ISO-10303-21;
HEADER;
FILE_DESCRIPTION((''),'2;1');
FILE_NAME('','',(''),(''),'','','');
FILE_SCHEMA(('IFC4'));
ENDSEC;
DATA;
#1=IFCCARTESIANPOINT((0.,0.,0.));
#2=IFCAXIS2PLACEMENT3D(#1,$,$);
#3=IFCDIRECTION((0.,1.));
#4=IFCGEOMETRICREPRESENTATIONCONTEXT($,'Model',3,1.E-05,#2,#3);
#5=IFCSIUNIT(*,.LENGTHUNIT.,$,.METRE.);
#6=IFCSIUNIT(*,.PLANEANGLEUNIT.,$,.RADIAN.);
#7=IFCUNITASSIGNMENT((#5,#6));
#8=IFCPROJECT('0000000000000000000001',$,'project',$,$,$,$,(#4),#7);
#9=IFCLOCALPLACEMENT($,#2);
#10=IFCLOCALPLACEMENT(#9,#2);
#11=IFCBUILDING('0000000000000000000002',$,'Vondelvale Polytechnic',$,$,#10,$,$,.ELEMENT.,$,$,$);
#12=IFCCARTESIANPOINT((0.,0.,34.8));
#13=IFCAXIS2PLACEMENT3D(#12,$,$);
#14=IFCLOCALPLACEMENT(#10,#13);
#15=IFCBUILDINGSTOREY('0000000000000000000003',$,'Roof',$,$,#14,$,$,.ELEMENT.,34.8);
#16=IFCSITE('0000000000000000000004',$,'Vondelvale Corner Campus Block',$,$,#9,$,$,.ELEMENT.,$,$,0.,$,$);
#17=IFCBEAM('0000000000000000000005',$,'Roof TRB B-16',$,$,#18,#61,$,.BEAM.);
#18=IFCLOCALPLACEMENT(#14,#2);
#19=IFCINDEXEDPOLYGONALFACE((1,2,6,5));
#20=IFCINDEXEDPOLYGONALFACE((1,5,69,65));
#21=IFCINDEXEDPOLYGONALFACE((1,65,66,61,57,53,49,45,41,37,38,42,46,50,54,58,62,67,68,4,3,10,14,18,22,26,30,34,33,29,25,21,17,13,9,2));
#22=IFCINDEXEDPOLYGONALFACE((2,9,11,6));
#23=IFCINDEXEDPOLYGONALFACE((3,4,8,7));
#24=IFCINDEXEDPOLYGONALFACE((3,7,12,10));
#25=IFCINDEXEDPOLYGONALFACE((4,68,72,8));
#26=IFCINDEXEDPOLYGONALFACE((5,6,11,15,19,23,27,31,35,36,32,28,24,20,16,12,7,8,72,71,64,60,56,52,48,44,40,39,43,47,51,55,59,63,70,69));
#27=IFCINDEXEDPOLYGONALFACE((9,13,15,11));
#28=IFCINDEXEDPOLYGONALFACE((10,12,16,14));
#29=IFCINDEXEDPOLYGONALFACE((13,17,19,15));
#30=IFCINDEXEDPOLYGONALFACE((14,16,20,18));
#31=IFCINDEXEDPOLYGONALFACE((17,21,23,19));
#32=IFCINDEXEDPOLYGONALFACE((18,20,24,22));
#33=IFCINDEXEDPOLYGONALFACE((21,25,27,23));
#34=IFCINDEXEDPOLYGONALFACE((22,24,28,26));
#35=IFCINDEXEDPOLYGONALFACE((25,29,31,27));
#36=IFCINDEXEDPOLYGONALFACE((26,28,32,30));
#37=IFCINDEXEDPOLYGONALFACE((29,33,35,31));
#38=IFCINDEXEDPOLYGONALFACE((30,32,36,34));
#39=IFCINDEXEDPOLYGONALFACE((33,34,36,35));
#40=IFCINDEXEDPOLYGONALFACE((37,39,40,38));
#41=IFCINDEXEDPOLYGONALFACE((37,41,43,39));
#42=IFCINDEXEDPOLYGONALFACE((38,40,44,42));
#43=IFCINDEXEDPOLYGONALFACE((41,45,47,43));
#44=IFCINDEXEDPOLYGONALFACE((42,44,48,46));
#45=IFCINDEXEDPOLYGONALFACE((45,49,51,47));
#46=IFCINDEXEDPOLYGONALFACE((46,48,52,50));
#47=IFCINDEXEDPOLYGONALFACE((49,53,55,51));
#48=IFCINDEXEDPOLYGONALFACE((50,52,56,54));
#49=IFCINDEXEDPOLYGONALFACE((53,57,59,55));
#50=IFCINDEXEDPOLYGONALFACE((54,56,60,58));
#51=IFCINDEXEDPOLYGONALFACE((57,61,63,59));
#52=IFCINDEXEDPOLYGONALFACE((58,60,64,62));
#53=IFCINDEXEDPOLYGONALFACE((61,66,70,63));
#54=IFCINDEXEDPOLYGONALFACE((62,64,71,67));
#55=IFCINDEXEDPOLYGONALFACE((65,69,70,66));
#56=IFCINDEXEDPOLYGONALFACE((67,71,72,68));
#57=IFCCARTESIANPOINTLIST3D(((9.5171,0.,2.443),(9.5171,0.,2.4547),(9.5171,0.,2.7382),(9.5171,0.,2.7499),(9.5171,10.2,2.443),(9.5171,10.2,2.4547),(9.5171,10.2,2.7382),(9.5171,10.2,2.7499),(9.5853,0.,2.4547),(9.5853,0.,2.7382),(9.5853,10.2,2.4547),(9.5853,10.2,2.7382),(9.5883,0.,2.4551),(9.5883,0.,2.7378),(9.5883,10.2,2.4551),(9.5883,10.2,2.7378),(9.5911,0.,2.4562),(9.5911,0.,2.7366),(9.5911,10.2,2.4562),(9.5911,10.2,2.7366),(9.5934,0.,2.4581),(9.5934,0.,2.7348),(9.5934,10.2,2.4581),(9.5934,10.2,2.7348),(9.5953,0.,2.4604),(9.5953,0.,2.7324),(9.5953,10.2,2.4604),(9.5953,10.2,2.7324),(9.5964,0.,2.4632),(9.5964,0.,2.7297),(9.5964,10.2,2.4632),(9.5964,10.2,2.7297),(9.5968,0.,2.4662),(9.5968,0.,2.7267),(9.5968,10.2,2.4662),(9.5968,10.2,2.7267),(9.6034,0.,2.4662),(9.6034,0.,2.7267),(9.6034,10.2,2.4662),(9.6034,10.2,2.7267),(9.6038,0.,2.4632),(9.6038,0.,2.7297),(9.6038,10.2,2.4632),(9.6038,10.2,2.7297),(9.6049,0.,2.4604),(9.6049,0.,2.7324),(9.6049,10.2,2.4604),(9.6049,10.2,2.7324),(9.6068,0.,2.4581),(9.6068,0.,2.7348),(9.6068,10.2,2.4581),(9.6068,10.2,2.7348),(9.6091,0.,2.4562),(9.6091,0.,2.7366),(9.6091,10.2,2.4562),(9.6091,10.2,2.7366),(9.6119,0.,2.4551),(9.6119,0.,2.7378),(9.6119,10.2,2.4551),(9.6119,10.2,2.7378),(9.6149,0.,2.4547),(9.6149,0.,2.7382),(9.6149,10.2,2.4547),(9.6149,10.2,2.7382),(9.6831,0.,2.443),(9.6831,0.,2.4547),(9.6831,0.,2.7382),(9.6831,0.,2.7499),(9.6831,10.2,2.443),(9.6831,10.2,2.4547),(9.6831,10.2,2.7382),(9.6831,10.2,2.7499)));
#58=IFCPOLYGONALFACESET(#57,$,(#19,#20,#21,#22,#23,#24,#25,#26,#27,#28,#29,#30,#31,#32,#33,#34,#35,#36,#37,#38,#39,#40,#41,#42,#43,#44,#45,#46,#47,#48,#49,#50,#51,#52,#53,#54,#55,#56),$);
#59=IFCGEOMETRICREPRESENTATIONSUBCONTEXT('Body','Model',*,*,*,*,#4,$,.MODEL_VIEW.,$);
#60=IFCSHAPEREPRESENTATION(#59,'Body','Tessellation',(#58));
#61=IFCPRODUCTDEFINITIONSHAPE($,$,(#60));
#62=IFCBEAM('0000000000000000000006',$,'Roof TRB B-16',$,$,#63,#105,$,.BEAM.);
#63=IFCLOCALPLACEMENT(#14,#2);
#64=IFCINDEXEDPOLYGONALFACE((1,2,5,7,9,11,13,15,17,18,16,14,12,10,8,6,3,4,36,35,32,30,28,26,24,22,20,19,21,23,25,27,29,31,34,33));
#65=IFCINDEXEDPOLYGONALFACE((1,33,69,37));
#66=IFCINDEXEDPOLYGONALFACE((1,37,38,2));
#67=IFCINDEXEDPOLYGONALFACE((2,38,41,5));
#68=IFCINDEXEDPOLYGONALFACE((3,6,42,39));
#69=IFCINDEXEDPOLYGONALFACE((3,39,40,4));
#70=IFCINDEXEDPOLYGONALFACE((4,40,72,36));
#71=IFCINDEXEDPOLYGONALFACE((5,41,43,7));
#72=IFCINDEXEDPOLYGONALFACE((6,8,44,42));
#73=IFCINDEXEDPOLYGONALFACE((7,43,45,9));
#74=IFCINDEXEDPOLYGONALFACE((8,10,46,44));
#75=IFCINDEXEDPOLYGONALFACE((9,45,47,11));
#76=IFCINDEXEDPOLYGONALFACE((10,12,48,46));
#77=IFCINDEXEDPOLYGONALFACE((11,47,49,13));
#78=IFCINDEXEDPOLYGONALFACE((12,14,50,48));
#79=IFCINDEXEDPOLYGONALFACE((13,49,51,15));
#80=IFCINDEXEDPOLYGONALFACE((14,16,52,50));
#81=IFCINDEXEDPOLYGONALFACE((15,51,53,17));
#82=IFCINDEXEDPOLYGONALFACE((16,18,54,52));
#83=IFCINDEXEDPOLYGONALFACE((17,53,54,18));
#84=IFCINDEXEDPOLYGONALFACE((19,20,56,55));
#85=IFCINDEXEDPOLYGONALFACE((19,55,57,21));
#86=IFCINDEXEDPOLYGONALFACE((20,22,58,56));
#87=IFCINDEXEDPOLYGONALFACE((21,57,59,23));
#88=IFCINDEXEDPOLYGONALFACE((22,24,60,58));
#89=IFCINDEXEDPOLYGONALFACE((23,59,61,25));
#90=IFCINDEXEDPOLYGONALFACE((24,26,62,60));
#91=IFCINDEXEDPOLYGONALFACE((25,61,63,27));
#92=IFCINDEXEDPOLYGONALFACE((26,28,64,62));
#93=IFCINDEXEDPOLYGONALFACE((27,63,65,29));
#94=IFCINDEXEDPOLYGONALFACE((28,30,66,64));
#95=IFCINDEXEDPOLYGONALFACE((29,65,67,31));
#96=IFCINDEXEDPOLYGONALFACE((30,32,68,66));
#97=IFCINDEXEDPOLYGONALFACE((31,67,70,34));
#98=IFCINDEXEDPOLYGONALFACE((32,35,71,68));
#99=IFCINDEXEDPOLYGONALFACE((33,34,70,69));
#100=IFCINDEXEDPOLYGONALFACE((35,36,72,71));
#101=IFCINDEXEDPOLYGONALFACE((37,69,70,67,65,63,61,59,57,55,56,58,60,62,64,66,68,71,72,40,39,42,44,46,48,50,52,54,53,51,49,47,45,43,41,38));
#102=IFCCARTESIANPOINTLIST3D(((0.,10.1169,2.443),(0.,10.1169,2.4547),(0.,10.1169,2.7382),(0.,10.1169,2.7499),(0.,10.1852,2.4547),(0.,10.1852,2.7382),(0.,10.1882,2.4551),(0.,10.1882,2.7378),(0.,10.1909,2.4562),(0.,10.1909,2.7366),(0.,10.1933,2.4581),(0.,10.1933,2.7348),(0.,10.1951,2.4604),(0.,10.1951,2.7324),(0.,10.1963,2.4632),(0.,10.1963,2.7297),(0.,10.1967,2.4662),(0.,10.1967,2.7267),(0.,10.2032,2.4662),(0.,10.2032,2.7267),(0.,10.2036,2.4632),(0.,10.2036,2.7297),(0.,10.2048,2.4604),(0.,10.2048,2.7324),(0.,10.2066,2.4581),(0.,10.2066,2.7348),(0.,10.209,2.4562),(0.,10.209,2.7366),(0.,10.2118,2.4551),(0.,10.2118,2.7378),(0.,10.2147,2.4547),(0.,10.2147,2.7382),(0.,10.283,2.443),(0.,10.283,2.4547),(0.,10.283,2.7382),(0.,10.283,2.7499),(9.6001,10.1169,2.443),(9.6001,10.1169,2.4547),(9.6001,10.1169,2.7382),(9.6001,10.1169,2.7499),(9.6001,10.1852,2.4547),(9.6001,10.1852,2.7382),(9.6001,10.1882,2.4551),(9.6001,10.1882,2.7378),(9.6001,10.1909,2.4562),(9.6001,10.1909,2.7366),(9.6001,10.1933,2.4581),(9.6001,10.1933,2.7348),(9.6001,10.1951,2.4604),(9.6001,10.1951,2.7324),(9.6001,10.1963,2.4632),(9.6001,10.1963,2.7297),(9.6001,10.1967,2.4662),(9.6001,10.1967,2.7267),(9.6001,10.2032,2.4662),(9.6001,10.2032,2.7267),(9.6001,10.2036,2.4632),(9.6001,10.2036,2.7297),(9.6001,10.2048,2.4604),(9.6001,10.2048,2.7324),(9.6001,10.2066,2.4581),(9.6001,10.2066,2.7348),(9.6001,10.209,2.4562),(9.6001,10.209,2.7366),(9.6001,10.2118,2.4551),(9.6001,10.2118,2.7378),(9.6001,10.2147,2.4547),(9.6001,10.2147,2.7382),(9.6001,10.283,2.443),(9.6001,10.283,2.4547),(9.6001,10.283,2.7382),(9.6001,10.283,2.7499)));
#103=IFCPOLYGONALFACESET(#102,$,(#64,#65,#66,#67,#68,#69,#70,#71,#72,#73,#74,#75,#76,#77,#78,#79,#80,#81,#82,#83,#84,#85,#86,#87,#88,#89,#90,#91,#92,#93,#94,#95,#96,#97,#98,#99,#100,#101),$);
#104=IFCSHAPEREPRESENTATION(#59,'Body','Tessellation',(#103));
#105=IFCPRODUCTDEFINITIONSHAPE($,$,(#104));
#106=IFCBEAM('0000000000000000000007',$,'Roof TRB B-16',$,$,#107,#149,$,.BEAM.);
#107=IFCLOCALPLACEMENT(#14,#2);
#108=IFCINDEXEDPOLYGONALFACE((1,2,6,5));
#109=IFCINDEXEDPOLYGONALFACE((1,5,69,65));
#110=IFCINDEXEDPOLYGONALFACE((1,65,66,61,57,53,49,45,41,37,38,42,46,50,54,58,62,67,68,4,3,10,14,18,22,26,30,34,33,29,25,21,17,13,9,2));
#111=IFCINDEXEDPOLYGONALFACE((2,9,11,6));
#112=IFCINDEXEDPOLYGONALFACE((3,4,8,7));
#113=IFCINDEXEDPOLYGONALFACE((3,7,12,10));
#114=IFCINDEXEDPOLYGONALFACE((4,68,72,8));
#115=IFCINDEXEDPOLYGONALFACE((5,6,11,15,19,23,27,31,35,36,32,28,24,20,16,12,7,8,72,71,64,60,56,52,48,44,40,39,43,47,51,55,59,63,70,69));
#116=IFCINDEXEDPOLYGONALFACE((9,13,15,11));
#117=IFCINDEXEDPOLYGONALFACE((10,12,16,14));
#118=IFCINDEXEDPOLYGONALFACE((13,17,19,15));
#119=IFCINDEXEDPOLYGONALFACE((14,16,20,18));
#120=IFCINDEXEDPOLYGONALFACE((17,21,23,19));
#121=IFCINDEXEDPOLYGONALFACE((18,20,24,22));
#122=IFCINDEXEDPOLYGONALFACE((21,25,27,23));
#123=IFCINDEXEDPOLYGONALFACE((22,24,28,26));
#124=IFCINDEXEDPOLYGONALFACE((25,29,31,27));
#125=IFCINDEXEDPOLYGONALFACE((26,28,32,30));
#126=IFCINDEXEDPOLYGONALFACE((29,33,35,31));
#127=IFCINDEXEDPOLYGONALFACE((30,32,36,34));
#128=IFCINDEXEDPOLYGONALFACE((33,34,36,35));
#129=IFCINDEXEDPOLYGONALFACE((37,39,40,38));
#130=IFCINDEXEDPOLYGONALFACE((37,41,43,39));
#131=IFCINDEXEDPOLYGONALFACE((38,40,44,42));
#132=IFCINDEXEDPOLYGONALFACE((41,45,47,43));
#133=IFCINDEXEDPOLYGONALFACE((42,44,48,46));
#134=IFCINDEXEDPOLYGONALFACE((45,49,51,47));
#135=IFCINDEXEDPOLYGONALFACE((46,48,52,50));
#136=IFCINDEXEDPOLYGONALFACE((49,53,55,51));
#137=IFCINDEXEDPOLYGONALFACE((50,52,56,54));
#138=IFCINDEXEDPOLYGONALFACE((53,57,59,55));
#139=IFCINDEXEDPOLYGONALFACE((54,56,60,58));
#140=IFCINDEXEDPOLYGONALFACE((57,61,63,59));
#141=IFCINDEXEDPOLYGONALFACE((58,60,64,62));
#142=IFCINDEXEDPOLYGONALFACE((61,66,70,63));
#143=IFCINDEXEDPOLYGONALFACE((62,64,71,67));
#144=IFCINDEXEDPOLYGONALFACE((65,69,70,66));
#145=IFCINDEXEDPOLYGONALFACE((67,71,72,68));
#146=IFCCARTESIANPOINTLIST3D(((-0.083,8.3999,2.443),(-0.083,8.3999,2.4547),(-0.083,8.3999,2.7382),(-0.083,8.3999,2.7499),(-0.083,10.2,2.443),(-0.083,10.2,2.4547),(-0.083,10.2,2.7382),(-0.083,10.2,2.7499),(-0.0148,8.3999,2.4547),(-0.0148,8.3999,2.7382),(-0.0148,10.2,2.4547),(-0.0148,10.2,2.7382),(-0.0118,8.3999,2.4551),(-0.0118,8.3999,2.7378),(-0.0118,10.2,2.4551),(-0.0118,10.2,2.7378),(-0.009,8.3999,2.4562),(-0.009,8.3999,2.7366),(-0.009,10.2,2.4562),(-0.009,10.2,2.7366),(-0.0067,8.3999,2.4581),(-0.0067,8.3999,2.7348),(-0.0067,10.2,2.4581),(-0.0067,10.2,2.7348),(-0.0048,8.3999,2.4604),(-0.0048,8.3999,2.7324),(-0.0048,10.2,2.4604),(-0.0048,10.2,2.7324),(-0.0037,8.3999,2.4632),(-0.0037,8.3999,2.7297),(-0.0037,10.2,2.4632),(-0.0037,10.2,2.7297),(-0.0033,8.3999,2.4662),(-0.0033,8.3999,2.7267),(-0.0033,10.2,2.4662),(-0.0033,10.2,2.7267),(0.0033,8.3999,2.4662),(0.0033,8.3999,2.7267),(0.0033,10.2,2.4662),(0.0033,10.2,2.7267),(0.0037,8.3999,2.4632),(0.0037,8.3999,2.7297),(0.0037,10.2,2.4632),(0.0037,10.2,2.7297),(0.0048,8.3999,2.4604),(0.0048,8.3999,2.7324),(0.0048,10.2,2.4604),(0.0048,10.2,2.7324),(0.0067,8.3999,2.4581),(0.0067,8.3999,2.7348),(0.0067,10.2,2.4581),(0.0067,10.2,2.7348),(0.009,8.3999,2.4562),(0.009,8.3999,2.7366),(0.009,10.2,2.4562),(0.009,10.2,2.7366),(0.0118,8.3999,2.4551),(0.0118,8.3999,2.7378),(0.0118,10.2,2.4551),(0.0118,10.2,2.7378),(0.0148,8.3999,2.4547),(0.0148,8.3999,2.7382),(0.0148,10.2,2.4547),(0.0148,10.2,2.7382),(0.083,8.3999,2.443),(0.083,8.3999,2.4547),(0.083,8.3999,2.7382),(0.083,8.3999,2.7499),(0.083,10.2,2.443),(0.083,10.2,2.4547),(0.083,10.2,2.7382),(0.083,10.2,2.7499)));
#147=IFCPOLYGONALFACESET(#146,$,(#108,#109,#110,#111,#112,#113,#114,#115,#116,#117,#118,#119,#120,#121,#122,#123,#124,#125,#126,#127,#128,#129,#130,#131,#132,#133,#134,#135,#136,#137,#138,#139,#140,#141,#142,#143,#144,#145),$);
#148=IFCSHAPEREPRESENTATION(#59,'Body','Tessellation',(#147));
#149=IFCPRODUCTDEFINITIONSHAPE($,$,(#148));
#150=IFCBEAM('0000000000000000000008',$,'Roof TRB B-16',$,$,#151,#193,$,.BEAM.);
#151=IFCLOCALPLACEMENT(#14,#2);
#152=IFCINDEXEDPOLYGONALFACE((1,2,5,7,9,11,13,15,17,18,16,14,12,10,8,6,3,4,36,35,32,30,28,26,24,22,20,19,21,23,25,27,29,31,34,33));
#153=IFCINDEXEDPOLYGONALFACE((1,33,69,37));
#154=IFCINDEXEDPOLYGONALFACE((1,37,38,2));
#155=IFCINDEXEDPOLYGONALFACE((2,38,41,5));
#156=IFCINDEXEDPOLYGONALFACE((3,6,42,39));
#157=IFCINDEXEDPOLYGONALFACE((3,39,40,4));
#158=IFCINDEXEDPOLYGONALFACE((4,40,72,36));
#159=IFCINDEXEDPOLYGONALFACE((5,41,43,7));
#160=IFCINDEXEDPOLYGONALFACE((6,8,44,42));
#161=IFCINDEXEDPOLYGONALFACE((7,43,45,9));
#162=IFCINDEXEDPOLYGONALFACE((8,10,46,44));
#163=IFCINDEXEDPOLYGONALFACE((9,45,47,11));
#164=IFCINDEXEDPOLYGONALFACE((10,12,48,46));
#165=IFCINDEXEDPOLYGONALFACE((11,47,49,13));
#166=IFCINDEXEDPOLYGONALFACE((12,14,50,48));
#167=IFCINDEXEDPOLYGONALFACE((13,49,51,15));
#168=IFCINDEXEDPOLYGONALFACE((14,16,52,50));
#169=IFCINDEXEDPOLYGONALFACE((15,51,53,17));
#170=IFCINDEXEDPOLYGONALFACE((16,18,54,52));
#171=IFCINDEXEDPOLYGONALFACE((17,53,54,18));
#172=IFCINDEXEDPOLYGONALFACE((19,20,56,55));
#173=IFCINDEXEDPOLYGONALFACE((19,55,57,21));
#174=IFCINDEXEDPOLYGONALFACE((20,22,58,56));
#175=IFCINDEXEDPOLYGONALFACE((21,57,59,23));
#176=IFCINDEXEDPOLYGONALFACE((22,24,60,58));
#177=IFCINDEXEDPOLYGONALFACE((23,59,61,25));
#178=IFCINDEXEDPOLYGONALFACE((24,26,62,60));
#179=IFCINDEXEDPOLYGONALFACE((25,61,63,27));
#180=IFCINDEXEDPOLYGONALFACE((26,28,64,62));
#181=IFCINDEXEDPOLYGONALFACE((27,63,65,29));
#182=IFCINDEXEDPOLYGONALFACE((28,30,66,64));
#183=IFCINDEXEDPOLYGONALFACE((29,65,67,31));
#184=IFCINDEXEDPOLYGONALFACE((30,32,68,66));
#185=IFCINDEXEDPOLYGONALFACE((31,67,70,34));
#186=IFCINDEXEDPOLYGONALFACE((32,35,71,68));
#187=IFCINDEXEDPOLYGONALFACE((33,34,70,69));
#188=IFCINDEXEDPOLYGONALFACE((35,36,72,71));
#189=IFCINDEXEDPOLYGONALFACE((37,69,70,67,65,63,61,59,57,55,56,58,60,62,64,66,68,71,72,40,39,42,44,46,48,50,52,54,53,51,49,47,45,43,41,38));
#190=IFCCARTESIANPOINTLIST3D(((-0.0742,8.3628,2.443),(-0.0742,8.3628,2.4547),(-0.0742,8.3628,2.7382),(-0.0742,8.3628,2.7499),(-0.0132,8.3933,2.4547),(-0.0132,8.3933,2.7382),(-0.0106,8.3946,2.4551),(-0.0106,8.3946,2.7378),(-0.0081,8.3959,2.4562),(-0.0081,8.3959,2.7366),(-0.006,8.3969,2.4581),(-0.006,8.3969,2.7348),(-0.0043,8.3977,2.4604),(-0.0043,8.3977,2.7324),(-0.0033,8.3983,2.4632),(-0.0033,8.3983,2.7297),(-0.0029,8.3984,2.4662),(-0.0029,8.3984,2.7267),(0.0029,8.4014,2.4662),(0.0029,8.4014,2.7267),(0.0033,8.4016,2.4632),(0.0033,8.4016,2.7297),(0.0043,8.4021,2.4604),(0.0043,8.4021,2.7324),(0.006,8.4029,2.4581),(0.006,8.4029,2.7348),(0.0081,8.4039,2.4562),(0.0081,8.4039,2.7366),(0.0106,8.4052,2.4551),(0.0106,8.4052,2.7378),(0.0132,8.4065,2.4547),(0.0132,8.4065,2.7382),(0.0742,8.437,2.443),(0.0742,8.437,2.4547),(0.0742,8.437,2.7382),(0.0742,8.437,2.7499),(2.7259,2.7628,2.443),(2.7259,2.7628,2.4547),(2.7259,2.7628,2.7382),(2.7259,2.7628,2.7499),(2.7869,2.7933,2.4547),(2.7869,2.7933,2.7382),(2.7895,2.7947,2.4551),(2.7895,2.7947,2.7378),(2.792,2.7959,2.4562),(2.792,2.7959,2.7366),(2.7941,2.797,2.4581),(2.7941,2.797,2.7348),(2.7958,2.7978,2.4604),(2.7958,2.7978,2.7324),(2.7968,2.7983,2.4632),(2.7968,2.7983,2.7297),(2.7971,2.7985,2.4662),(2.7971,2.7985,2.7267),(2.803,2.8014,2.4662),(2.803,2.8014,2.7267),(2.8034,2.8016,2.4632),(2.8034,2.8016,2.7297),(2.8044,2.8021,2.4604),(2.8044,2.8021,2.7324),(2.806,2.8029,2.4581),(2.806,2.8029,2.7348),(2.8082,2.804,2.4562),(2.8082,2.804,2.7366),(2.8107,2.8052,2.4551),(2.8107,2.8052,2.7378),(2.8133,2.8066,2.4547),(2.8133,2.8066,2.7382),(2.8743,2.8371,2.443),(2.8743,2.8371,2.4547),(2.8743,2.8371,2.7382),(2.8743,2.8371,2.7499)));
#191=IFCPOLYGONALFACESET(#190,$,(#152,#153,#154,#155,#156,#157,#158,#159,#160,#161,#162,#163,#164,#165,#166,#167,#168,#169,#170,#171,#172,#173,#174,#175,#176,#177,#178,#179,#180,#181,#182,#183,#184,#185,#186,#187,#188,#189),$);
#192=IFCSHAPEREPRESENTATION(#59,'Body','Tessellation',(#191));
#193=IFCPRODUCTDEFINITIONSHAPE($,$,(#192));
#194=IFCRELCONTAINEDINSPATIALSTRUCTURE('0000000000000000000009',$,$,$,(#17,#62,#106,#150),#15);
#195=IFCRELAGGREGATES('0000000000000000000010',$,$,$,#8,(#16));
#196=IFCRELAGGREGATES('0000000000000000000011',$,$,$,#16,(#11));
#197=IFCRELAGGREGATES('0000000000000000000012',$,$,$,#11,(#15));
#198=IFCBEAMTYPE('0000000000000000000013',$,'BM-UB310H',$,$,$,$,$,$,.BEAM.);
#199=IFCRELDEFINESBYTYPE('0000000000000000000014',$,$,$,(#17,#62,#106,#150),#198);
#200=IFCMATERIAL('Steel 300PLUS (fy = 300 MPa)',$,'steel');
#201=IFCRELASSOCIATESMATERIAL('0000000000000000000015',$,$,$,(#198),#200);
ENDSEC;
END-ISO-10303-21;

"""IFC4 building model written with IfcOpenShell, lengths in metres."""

from ifc_helpers import new_model, si_unit, direction, frame, origin, origin_2d, place, context, subcontext, project, spatial, i_section, extrude, material, material_profile, profile_set, type_object, element, save


model = new_model("IFC4")

# Units and contexts
model_context = context("Model", 3, precision=1e-05, world=origin(), true_north=direction((0.0, 1.0)))
body_context = subcontext(model_context, "Body", "Model", "MODEL_VIEW")
ifc_project = project(units=[si_unit("LENGTHUNIT", "METRE"), si_unit("PLANEANGLEUNIT", "RADIAN")], contexts=[model_context])

# Site, building, storey
site_placement = place(None, origin())
site = spatial("IfcSite", under=ifc_project, at=site_placement, Name="Vondelvale Corner Campus Block", CompositionType="ELEMENT", RefElevation=0.0)
building_placement = place(site_placement, origin())
building = spatial("IfcBuilding", under=site, at=building_placement, Name="Vondelvale Polytechnic", CompositionType="ELEMENT")
storey_placement = place(building_placement, frame((0.0, 0.0, 34.8)))
storey = spatial("IfcBuildingStorey", under=building, at=storey_placement, Name="Roof", CompositionType="ELEMENT", Elevation=34.8)

# Beams
ifc_material_1 = material(Name="Steel 300PLUS (fy = 300 MPa)", Category="steel")
ifc_material_profile_1 = material_profile(ifc_material_1, i_section(OverallWidth=0.166, OverallDepth=0.3069, WebThickness=0.0066, FlangeThickness=0.0117, FilletRadius=0.0115, at=origin_2d()), Name="310UB46.2")
ifc_profile_set_1 = profile_set([ifc_material_profile_1], Name="Steel 300PLUS (fy = 300 MPa)")
beam_type_1 = type_object("IfcBeamType", Name="BM-UB310H", PredefinedType="BEAM", material=ifc_profile_set_1)
beam_1_placement = place(storey_placement, frame((9.6001, 0.0, 2.5964), z_axis=(0.0, 1.0, 0.0), x_axis=(-1.0, 0.0, 0.0)))
element("IfcBeam", 1, at=beam_1_placement, inside=storey, type_object=beam_type_1, Name="Roof TRB B-16", PredefinedType="BEAM", context=body_context, shape_type="SweptSolid", body=[
    extrude(i_section(OverallWidth=0.166, OverallDepth=0.3069, WebThickness=0.0066, FlangeThickness=0.0117, FilletRadius=0.0115, at=origin_2d()), origin(), (0.0, 0.0, 1.0), 10.2),
])
beam_2_placement = place(storey_placement, frame((9.6001, 10.2, 2.5964), z_axis=(-1.0, 0.0, 0.0), x_axis=(0.0, -1.0, 0.0)))
element("IfcBeam", 2, at=beam_2_placement, inside=storey, type_object=beam_type_1, Name="Roof TRB B-16", PredefinedType="BEAM", context=body_context, shape_type="SweptSolid", body=[
    extrude(i_section(OverallWidth=0.166, OverallDepth=0.3069, WebThickness=0.0066, FlangeThickness=0.0117, FilletRadius=0.0115, at=origin_2d()), origin(), (0.0, 0.0, 1.0), 9.6001),
])
beam_3_placement = place(storey_placement, frame((0.0, 10.2, 2.5964), z_axis=(0.0, -1.0, 0.0), x_axis=(1.0, 0.0, 0.0)))
element("IfcBeam", 3, at=beam_3_placement, inside=storey, type_object=beam_type_1, Name="Roof TRB B-16", PredefinedType="BEAM", context=body_context, shape_type="SweptSolid", body=[
    extrude(i_section(OverallWidth=0.166, OverallDepth=0.3069, WebThickness=0.0066, FlangeThickness=0.0117, FilletRadius=0.0115, at=origin_2d()), origin(), (0.0, 0.0, 1.0), 1.8),
])
for number, where, z_axis, x_axis, name in (
    (4, (0.0, 8.3999, 2.5964), (0.447229, -0.894419, 0.0), (0.894419, 0.447229, 0.0), "Roof TRB B-16"),
):
    element("IfcBeam", number, at=place(storey_placement, frame(where, z_axis=z_axis, x_axis=x_axis)), inside=storey, type_object=beam_type_1, Name=name, PredefinedType="BEAM", context=body_context, shape_type="SweptSolid", body=[
        extrude(i_section(OverallWidth=0.166, OverallDepth=0.3069, WebThickness=0.0066, FlangeThickness=0.0117, FilletRadius=0.0115, at=origin_2d()), origin(), (0.0, 0.0, 1.0), 6.261),
    ])

save(model, "model.ifc")
